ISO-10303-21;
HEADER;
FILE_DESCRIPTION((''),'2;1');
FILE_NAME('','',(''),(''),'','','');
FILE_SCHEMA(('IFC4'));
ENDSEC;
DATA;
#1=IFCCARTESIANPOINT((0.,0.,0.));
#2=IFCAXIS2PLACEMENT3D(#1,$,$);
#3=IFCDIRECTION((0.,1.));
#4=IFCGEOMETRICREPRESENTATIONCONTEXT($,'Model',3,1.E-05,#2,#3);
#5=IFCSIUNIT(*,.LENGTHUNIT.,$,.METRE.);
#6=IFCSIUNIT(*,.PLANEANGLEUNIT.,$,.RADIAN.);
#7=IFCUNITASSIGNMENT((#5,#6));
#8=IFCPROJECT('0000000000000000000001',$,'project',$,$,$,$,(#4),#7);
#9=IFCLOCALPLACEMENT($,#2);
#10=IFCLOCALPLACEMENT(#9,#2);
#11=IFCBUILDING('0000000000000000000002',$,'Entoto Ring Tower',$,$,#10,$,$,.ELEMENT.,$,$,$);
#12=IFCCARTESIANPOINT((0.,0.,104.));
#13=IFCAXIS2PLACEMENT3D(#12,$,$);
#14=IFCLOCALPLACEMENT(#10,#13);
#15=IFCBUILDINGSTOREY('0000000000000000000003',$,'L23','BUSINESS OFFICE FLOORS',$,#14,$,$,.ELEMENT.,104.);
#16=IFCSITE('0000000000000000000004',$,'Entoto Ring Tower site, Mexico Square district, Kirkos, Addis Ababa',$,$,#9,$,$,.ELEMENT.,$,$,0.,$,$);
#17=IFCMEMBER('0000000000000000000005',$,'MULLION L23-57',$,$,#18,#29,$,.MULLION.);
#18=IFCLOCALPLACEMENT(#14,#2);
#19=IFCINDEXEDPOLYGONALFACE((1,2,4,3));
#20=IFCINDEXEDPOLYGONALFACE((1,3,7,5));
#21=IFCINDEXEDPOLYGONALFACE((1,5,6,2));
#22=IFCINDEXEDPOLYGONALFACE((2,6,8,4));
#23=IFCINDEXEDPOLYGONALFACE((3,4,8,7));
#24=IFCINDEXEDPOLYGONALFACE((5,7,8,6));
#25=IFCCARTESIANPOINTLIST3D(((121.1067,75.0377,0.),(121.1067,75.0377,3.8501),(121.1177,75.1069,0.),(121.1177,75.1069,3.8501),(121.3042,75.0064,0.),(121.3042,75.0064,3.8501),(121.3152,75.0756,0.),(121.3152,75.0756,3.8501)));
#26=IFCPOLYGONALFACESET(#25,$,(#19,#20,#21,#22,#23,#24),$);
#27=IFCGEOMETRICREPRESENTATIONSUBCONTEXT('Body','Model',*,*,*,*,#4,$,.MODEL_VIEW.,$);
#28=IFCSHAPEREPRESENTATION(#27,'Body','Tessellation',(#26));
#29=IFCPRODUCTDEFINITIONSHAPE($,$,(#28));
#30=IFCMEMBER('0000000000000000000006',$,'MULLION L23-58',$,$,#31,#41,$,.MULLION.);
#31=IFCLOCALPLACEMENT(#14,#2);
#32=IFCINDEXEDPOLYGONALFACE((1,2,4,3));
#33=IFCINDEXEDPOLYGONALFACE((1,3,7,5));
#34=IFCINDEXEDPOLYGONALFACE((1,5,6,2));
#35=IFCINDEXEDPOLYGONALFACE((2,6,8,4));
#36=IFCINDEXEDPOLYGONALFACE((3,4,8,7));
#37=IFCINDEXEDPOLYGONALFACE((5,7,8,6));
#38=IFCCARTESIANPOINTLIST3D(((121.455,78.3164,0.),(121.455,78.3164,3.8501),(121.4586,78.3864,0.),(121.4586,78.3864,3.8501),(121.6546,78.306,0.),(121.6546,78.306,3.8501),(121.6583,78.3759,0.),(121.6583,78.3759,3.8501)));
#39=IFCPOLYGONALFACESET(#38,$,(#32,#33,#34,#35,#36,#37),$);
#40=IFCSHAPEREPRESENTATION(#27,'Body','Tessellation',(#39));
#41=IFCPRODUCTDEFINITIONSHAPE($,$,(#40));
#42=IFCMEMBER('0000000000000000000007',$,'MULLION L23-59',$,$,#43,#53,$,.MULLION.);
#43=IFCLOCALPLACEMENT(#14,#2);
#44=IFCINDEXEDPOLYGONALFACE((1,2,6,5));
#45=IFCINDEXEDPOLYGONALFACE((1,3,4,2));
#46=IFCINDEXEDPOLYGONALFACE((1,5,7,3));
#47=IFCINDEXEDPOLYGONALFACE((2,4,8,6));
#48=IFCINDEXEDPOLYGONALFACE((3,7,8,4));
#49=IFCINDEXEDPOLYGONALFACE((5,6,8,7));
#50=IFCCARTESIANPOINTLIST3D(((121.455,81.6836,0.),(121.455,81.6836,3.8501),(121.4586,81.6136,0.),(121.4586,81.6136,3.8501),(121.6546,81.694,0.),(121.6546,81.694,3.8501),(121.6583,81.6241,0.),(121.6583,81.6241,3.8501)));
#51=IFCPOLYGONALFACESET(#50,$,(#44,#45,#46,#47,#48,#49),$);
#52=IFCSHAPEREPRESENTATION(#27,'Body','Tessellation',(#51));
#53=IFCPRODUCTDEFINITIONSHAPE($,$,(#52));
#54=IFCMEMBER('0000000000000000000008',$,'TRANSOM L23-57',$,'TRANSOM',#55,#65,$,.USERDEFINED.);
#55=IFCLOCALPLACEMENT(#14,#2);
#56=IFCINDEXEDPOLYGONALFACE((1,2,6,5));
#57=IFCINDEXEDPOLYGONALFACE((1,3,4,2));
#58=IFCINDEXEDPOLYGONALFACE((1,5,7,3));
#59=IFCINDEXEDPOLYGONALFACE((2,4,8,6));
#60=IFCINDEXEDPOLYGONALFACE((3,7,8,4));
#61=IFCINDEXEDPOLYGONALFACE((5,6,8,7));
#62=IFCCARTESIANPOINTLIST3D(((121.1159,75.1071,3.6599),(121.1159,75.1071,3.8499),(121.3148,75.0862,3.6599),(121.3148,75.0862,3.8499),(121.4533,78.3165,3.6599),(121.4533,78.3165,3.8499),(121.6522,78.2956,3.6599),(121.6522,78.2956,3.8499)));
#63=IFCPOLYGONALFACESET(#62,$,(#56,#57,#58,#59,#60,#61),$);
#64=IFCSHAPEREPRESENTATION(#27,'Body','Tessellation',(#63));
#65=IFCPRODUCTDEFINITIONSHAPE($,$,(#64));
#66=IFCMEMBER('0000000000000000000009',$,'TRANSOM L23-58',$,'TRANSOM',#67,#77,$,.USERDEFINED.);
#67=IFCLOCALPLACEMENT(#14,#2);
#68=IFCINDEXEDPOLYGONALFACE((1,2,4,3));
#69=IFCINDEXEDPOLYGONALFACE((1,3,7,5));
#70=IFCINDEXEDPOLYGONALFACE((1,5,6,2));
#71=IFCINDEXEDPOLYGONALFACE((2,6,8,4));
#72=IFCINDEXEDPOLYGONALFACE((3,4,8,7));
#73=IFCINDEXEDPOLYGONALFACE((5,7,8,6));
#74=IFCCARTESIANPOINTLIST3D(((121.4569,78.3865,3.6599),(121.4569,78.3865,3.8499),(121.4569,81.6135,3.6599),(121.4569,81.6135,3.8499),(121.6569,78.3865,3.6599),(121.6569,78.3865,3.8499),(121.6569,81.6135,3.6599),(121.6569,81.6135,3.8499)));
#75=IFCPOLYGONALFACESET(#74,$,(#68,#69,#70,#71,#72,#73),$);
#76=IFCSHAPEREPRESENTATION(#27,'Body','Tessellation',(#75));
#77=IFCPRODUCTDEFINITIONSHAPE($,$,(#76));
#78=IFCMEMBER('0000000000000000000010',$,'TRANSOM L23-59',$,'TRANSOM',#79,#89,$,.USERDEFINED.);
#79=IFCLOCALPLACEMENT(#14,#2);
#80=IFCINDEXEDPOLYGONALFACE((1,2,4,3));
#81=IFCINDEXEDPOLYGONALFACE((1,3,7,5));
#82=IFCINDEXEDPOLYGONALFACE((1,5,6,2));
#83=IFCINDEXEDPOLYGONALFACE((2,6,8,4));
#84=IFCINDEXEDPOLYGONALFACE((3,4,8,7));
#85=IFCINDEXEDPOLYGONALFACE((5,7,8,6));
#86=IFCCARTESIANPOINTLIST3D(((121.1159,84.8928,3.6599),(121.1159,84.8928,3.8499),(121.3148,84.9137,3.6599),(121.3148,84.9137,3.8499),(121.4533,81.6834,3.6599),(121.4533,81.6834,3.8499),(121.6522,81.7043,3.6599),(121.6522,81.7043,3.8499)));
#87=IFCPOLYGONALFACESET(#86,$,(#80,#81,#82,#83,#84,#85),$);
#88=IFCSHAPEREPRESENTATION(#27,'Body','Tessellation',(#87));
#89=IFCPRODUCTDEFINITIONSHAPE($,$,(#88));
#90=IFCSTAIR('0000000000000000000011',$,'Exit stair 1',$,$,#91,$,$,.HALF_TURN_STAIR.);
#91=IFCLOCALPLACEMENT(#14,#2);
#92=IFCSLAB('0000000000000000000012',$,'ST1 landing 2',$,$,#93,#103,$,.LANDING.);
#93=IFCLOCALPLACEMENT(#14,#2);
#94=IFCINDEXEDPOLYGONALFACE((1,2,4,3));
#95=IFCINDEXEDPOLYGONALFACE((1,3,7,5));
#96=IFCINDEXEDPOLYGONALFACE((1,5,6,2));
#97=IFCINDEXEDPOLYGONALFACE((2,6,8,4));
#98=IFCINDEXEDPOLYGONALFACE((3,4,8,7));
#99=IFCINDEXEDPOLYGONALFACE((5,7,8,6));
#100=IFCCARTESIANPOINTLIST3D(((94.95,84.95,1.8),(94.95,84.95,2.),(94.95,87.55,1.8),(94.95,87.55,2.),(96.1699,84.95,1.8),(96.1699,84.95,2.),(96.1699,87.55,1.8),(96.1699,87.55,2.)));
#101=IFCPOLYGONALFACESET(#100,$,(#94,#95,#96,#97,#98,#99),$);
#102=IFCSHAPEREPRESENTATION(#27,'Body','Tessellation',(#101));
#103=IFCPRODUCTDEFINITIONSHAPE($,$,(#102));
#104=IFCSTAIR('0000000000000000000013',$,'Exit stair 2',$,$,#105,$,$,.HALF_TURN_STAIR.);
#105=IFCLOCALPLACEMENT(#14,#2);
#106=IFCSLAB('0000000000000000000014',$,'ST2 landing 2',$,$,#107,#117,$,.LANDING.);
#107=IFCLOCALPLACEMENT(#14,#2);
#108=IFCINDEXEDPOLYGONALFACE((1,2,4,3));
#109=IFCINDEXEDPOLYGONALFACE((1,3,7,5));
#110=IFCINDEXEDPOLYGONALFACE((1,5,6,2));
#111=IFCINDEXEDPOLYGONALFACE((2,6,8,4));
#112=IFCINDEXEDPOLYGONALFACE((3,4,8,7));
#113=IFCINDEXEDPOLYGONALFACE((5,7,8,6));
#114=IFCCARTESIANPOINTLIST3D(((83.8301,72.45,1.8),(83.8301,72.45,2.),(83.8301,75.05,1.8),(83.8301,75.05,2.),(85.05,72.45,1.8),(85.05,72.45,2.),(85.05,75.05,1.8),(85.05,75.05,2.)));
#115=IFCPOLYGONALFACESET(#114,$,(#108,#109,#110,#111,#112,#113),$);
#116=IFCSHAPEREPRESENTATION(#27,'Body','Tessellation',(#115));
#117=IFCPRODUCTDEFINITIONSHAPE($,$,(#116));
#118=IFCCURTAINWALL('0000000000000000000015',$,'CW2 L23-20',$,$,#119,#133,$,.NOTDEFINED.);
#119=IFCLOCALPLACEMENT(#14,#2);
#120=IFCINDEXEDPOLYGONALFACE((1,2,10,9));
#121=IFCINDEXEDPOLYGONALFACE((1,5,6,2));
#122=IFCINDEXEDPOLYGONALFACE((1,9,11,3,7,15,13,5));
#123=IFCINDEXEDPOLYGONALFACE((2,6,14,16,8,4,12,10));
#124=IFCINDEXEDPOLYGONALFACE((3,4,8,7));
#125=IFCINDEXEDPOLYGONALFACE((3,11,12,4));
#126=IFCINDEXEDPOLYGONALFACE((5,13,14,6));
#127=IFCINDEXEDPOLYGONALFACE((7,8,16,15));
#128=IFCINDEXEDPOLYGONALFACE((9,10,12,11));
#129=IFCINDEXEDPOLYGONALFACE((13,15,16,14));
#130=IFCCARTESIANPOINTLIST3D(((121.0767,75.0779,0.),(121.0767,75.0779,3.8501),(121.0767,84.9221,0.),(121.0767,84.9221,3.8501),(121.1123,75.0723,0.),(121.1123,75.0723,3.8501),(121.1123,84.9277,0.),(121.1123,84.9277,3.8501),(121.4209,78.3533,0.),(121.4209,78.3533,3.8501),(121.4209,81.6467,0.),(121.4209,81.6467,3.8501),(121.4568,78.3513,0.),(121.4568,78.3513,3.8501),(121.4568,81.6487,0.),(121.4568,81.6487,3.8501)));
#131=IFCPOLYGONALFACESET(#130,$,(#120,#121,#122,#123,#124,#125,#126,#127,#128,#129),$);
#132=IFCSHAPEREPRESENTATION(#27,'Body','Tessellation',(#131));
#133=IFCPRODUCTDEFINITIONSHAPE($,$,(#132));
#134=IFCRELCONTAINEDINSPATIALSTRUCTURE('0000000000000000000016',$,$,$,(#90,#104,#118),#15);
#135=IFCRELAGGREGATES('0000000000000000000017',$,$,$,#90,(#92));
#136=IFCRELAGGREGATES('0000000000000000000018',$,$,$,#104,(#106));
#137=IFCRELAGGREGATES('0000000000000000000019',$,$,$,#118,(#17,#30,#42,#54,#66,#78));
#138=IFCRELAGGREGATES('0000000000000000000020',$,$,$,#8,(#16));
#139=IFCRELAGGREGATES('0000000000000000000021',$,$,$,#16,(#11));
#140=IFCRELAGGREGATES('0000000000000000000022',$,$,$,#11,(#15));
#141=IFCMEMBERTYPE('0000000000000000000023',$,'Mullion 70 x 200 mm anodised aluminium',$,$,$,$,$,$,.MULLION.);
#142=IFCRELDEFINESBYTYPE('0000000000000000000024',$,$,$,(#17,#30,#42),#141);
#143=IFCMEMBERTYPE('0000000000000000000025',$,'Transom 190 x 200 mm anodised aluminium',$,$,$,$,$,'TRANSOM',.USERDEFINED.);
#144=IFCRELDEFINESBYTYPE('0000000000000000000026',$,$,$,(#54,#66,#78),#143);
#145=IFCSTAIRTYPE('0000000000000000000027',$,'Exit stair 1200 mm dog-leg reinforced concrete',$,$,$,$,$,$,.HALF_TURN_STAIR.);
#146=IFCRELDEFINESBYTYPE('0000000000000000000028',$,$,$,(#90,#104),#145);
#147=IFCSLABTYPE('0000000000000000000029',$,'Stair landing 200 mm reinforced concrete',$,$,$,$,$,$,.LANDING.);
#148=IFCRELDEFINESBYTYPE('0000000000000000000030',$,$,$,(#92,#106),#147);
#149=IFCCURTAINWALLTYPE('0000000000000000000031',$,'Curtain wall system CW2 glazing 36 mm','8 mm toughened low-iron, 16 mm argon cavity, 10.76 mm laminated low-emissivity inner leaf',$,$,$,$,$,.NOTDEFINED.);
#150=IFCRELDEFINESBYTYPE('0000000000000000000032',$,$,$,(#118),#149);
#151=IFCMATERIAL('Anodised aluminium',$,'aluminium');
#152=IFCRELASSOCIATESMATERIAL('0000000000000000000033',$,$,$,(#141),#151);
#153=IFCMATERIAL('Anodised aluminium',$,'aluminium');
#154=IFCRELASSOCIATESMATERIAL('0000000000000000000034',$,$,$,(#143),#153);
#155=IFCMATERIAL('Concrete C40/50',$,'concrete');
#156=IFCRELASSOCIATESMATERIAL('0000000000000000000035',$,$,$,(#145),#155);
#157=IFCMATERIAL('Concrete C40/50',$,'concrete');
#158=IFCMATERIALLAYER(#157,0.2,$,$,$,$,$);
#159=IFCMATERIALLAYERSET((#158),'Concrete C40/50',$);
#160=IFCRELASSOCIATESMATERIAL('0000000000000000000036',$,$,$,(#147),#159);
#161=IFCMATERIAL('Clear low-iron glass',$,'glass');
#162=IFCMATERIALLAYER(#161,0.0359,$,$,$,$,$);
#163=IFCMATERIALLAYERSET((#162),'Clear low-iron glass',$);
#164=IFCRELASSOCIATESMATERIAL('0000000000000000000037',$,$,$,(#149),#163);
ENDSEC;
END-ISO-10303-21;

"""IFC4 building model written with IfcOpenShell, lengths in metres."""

from ifc_helpers import new_model, si_unit, direction, frame, origin, origin_2d, place, context, subcontext, project, spatial, polyline, rectangle, outline, extrude, material, layer, layer_set, material_profile, profile_set, type_object, element, aggregate, save


model = new_model("IFC4")

# Units and contexts
model_context = context("Model", 3, precision=1e-05, world=origin(), true_north=direction((0.0, 1.0)))
body_context = subcontext(model_context, "Body", "Model", "MODEL_VIEW")
ifc_project = project(units=[si_unit("LENGTHUNIT", "METRE"), si_unit("PLANEANGLEUNIT", "RADIAN")], contexts=[model_context])

# Members
ifc_material_1 = material(Name="Anodised aluminium", Category="aluminium")
ifc_material_profile_1 = material_profile(ifc_material_1, rectangle(XDim=0.0701, YDim=0.2, at=origin_2d()), Name="Mullion 70 x 200 mm anodised aluminium")
ifc_profile_set_1 = profile_set([ifc_material_profile_1], Name="Anodised aluminium")
member_type_1 = type_object("IfcMemberType", Name="Mullion 70 x 200 mm anodised aluminium", PredefinedType="MULLION", material=ifc_profile_set_1)
site_placement = place(None, origin())
building_placement = place(site_placement, origin())
storey_placement = place(building_placement, frame((0.0, 0.0, 104.0)))
member_1_placement = place(storey_placement, frame((121.2109, 75.0566, 0.0), z_axis=(0.0, 0.0, 1.0), x_axis=(0.156434, 0.987688, 0.0)))
member_1 = element("IfcMember", 1, at=member_1_placement, type_object=member_type_1, Name="MULLION L23-57", PredefinedType="MULLION", context=body_context, shape_type="SweptSolid", body=[
    extrude(rectangle(XDim=0.0701, YDim=0.2, at=origin_2d()), origin(), (0.0, 0.0, 1.0), 3.8501),
])
member_2_placement = place(storey_placement, frame((121.5566, 78.3462, 0.0), z_axis=(0.0, 0.0, 1.0), x_axis=(0.052336, 0.99863, 0.0)))
member_2 = element("IfcMember", 2, at=member_2_placement, type_object=member_type_1, Name="MULLION L23-58", PredefinedType="MULLION", context=body_context, shape_type="SweptSolid", body=[
    extrude(rectangle(XDim=0.0701, YDim=0.2, at=origin_2d()), origin(), (0.0, 0.0, 1.0), 3.8501),
])
member_3_placement = place(storey_placement, frame((121.5566, 81.6538, 0.0), z_axis=(0.0, 0.0, 1.0), x_axis=(-0.052336, 0.99863, 0.0)))
member_3 = element("IfcMember", 3, at=member_3_placement, type_object=member_type_1, Name="MULLION L23-59", PredefinedType="MULLION", context=body_context, shape_type="SweptSolid", body=[
    extrude(rectangle(XDim=0.0701, YDim=0.2, at=origin_2d()), origin(), (0.0, 0.0, 1.0), 3.8501),
])
ifc_material_2 = material(Name="Anodised aluminium", Category="aluminium")
ifc_material_profile_2 = material_profile(ifc_material_2, rectangle(XDim=0.2, YDim=0.1899, at=origin_2d()), Name="Transom 190 x 200 mm anodised aluminium")
ifc_profile_set_2 = profile_set([ifc_material_profile_2], Name="Anodised aluminium")
member_type_2 = type_object("IfcMemberType", Name="Transom 190 x 200 mm anodised aluminium", ElementType="TRANSOM", PredefinedType="USERDEFINED", material=ifc_profile_set_2)
member_4_placement = place(storey_placement, frame((121.2153, 75.0967, 3.7549), z_axis=(0.104551, 0.99452, 0.0), x_axis=(-0.99452, 0.104551, 0.0)))
member_4 = element("IfcMember", 4, at=member_4_placement, type_object=member_type_2, Name="TRANSOM L23-57", ObjectType="TRANSOM", PredefinedType="USERDEFINED", context=body_context, shape_type="SweptSolid", body=[
    extrude(rectangle(XDim=0.2, YDim=0.1899, at=origin_2d()), origin(), (0.0, 0.0, 1.0), 3.2271),
])
member_5_placement = place(storey_placement, frame((121.5569, 78.3865, 3.7549), z_axis=(0.0, 1.0, 0.0), x_axis=(-1.0, 0.0, 0.0)))
member_5 = element("IfcMember", 5, at=member_5_placement, type_object=member_type_2, Name="TRANSOM L23-58", ObjectType="TRANSOM", PredefinedType="USERDEFINED", context=body_context, shape_type="SweptSolid", body=[
    extrude(rectangle(XDim=0.2, YDim=0.1899, at=origin_2d()), origin(), (0.0, 0.0, 1.0), 3.2271),
])
member_6_placement = place(storey_placement, frame((121.5527, 81.6938, 3.7549), z_axis=(-0.104551, 0.99452, 0.0), x_axis=(-0.99452, -0.104551, 0.0)))
member_6 = element("IfcMember", 6, at=member_6_placement, type_object=member_type_2, Name="TRANSOM L23-59", ObjectType="TRANSOM", PredefinedType="USERDEFINED", context=body_context, shape_type="SweptSolid", body=[
    extrude(rectangle(XDim=0.2, YDim=0.1899, at=origin_2d()), origin(), (0.0, 0.0, 1.0), 3.2271),
])

# Site, building, storey
site = spatial("IfcSite", under=ifc_project, at=site_placement, Name="Entoto Ring Tower site, Mexico Square district, Kirkos, Addis Ababa", CompositionType="ELEMENT", RefElevation=0.0)
building = spatial("IfcBuilding", under=site, at=building_placement, Name="Entoto Ring Tower", CompositionType="ELEMENT")
storey = spatial("IfcBuildingStorey", under=building, at=storey_placement, Name="L23", Description="BUSINESS OFFICE FLOORS", CompositionType="ELEMENT", Elevation=104.0)

# Stairs, slabs
ifc_material_3 = material(Name="Concrete C40/50", Category="concrete")
stair_type = type_object("IfcStairType", Name="Exit stair 1200 mm dog-leg reinforced concrete", PredefinedType="HALF_TURN_STAIR", material=ifc_material_3)
stair_1_placement = place(storey_placement, origin())
stair_1 = element("IfcStair", 7, at=stair_1_placement, inside=storey, type_object=stair_type, Name="Exit stair 1", PredefinedType="HALF_TURN_STAIR")
ifc_material_4 = material(Name="Concrete C40/50", Category="concrete")
ifc_layer_1 = layer(ifc_material_4, 0.2)
ifc_layer_set_1 = layer_set([ifc_layer_1], Name="Concrete C40/50")
slab_type = type_object("IfcSlabType", Name="Stair landing 200 mm reinforced concrete", PredefinedType="LANDING", material=ifc_layer_set_1)
slab_1_placement = place(storey_placement, frame((0.0, 0.0, 1.8)))
slab_1 = element("IfcSlab", 8, at=slab_1_placement, type_object=slab_type, Name="ST1 landing 2", PredefinedType="LANDING", context=body_context, shape_type="SweptSolid", body=[
    extrude(outline(polyline([(94.95, 84.95), (96.1699, 84.95), (96.1699, 87.55), (94.95, 87.55), (94.95, 84.95)])), origin(), (0.0, 0.0, 1.0), 0.2),
])
aggregate(stair_1, [slab_1])
stair_2_placement = place(storey_placement, origin())
stair_2 = element("IfcStair", 9, at=stair_2_placement, inside=storey, type_object=stair_type, Name="Exit stair 2", PredefinedType="HALF_TURN_STAIR")
slab_2_placement = place(storey_placement, frame((0.0, 0.0, 1.8)))
slab_2 = element("IfcSlab", 10, at=slab_2_placement, type_object=slab_type, Name="ST2 landing 2", PredefinedType="LANDING", context=body_context, shape_type="SweptSolid", body=[
    extrude(outline(polyline([(83.8301, 72.45), (85.05, 72.45), (85.05, 75.05), (83.8301, 75.05), (83.8301, 72.45)])), origin(), (0.0, 0.0, 1.0), 0.2),
])
aggregate(stair_2, [slab_2])

# Curtain wall
ifc_material_5 = material(Name="Clear low-iron glass", Category="glass")
ifc_layer_2 = layer(ifc_material_5, 0.0359)
ifc_layer_set_2 = layer_set([ifc_layer_2], Name="Clear low-iron glass")
curtain_wall_type = type_object("IfcCurtainWallType", Name="Curtain wall system CW2 glazing 36 mm", Description="8 mm toughened low-iron, 16 mm argon cavity, 10.76 mm laminated low-emissivity inner leaf", PredefinedType="NOTDEFINED", material=ifc_layer_set_2)
curtain_wall_1_placement = place(storey_placement, origin())
curtain_wall_1 = element("IfcCurtainWall", 11, at=curtain_wall_1_placement, inside=storey, type_object=curtain_wall_type, Name="CW2 L23-20", PredefinedType="NOTDEFINED", context=body_context, shape_type="SweptSolid", body=[
    extrude(outline(polyline([(121.1123, 75.0723), (121.4568, 78.3513), (121.4568, 81.6487), (121.1123, 84.9277), (121.0767, 84.9221), (121.4209, 81.6467), (121.4209, 78.3533), (121.0767, 75.0779), (121.1123, 75.0723)])), origin(), (0.0, 0.0, 1.0), 3.8501),
])
aggregate(curtain_wall_1, [member_1, member_2, member_3, member_4, member_5, member_6])

save(model, "model.ifc")
